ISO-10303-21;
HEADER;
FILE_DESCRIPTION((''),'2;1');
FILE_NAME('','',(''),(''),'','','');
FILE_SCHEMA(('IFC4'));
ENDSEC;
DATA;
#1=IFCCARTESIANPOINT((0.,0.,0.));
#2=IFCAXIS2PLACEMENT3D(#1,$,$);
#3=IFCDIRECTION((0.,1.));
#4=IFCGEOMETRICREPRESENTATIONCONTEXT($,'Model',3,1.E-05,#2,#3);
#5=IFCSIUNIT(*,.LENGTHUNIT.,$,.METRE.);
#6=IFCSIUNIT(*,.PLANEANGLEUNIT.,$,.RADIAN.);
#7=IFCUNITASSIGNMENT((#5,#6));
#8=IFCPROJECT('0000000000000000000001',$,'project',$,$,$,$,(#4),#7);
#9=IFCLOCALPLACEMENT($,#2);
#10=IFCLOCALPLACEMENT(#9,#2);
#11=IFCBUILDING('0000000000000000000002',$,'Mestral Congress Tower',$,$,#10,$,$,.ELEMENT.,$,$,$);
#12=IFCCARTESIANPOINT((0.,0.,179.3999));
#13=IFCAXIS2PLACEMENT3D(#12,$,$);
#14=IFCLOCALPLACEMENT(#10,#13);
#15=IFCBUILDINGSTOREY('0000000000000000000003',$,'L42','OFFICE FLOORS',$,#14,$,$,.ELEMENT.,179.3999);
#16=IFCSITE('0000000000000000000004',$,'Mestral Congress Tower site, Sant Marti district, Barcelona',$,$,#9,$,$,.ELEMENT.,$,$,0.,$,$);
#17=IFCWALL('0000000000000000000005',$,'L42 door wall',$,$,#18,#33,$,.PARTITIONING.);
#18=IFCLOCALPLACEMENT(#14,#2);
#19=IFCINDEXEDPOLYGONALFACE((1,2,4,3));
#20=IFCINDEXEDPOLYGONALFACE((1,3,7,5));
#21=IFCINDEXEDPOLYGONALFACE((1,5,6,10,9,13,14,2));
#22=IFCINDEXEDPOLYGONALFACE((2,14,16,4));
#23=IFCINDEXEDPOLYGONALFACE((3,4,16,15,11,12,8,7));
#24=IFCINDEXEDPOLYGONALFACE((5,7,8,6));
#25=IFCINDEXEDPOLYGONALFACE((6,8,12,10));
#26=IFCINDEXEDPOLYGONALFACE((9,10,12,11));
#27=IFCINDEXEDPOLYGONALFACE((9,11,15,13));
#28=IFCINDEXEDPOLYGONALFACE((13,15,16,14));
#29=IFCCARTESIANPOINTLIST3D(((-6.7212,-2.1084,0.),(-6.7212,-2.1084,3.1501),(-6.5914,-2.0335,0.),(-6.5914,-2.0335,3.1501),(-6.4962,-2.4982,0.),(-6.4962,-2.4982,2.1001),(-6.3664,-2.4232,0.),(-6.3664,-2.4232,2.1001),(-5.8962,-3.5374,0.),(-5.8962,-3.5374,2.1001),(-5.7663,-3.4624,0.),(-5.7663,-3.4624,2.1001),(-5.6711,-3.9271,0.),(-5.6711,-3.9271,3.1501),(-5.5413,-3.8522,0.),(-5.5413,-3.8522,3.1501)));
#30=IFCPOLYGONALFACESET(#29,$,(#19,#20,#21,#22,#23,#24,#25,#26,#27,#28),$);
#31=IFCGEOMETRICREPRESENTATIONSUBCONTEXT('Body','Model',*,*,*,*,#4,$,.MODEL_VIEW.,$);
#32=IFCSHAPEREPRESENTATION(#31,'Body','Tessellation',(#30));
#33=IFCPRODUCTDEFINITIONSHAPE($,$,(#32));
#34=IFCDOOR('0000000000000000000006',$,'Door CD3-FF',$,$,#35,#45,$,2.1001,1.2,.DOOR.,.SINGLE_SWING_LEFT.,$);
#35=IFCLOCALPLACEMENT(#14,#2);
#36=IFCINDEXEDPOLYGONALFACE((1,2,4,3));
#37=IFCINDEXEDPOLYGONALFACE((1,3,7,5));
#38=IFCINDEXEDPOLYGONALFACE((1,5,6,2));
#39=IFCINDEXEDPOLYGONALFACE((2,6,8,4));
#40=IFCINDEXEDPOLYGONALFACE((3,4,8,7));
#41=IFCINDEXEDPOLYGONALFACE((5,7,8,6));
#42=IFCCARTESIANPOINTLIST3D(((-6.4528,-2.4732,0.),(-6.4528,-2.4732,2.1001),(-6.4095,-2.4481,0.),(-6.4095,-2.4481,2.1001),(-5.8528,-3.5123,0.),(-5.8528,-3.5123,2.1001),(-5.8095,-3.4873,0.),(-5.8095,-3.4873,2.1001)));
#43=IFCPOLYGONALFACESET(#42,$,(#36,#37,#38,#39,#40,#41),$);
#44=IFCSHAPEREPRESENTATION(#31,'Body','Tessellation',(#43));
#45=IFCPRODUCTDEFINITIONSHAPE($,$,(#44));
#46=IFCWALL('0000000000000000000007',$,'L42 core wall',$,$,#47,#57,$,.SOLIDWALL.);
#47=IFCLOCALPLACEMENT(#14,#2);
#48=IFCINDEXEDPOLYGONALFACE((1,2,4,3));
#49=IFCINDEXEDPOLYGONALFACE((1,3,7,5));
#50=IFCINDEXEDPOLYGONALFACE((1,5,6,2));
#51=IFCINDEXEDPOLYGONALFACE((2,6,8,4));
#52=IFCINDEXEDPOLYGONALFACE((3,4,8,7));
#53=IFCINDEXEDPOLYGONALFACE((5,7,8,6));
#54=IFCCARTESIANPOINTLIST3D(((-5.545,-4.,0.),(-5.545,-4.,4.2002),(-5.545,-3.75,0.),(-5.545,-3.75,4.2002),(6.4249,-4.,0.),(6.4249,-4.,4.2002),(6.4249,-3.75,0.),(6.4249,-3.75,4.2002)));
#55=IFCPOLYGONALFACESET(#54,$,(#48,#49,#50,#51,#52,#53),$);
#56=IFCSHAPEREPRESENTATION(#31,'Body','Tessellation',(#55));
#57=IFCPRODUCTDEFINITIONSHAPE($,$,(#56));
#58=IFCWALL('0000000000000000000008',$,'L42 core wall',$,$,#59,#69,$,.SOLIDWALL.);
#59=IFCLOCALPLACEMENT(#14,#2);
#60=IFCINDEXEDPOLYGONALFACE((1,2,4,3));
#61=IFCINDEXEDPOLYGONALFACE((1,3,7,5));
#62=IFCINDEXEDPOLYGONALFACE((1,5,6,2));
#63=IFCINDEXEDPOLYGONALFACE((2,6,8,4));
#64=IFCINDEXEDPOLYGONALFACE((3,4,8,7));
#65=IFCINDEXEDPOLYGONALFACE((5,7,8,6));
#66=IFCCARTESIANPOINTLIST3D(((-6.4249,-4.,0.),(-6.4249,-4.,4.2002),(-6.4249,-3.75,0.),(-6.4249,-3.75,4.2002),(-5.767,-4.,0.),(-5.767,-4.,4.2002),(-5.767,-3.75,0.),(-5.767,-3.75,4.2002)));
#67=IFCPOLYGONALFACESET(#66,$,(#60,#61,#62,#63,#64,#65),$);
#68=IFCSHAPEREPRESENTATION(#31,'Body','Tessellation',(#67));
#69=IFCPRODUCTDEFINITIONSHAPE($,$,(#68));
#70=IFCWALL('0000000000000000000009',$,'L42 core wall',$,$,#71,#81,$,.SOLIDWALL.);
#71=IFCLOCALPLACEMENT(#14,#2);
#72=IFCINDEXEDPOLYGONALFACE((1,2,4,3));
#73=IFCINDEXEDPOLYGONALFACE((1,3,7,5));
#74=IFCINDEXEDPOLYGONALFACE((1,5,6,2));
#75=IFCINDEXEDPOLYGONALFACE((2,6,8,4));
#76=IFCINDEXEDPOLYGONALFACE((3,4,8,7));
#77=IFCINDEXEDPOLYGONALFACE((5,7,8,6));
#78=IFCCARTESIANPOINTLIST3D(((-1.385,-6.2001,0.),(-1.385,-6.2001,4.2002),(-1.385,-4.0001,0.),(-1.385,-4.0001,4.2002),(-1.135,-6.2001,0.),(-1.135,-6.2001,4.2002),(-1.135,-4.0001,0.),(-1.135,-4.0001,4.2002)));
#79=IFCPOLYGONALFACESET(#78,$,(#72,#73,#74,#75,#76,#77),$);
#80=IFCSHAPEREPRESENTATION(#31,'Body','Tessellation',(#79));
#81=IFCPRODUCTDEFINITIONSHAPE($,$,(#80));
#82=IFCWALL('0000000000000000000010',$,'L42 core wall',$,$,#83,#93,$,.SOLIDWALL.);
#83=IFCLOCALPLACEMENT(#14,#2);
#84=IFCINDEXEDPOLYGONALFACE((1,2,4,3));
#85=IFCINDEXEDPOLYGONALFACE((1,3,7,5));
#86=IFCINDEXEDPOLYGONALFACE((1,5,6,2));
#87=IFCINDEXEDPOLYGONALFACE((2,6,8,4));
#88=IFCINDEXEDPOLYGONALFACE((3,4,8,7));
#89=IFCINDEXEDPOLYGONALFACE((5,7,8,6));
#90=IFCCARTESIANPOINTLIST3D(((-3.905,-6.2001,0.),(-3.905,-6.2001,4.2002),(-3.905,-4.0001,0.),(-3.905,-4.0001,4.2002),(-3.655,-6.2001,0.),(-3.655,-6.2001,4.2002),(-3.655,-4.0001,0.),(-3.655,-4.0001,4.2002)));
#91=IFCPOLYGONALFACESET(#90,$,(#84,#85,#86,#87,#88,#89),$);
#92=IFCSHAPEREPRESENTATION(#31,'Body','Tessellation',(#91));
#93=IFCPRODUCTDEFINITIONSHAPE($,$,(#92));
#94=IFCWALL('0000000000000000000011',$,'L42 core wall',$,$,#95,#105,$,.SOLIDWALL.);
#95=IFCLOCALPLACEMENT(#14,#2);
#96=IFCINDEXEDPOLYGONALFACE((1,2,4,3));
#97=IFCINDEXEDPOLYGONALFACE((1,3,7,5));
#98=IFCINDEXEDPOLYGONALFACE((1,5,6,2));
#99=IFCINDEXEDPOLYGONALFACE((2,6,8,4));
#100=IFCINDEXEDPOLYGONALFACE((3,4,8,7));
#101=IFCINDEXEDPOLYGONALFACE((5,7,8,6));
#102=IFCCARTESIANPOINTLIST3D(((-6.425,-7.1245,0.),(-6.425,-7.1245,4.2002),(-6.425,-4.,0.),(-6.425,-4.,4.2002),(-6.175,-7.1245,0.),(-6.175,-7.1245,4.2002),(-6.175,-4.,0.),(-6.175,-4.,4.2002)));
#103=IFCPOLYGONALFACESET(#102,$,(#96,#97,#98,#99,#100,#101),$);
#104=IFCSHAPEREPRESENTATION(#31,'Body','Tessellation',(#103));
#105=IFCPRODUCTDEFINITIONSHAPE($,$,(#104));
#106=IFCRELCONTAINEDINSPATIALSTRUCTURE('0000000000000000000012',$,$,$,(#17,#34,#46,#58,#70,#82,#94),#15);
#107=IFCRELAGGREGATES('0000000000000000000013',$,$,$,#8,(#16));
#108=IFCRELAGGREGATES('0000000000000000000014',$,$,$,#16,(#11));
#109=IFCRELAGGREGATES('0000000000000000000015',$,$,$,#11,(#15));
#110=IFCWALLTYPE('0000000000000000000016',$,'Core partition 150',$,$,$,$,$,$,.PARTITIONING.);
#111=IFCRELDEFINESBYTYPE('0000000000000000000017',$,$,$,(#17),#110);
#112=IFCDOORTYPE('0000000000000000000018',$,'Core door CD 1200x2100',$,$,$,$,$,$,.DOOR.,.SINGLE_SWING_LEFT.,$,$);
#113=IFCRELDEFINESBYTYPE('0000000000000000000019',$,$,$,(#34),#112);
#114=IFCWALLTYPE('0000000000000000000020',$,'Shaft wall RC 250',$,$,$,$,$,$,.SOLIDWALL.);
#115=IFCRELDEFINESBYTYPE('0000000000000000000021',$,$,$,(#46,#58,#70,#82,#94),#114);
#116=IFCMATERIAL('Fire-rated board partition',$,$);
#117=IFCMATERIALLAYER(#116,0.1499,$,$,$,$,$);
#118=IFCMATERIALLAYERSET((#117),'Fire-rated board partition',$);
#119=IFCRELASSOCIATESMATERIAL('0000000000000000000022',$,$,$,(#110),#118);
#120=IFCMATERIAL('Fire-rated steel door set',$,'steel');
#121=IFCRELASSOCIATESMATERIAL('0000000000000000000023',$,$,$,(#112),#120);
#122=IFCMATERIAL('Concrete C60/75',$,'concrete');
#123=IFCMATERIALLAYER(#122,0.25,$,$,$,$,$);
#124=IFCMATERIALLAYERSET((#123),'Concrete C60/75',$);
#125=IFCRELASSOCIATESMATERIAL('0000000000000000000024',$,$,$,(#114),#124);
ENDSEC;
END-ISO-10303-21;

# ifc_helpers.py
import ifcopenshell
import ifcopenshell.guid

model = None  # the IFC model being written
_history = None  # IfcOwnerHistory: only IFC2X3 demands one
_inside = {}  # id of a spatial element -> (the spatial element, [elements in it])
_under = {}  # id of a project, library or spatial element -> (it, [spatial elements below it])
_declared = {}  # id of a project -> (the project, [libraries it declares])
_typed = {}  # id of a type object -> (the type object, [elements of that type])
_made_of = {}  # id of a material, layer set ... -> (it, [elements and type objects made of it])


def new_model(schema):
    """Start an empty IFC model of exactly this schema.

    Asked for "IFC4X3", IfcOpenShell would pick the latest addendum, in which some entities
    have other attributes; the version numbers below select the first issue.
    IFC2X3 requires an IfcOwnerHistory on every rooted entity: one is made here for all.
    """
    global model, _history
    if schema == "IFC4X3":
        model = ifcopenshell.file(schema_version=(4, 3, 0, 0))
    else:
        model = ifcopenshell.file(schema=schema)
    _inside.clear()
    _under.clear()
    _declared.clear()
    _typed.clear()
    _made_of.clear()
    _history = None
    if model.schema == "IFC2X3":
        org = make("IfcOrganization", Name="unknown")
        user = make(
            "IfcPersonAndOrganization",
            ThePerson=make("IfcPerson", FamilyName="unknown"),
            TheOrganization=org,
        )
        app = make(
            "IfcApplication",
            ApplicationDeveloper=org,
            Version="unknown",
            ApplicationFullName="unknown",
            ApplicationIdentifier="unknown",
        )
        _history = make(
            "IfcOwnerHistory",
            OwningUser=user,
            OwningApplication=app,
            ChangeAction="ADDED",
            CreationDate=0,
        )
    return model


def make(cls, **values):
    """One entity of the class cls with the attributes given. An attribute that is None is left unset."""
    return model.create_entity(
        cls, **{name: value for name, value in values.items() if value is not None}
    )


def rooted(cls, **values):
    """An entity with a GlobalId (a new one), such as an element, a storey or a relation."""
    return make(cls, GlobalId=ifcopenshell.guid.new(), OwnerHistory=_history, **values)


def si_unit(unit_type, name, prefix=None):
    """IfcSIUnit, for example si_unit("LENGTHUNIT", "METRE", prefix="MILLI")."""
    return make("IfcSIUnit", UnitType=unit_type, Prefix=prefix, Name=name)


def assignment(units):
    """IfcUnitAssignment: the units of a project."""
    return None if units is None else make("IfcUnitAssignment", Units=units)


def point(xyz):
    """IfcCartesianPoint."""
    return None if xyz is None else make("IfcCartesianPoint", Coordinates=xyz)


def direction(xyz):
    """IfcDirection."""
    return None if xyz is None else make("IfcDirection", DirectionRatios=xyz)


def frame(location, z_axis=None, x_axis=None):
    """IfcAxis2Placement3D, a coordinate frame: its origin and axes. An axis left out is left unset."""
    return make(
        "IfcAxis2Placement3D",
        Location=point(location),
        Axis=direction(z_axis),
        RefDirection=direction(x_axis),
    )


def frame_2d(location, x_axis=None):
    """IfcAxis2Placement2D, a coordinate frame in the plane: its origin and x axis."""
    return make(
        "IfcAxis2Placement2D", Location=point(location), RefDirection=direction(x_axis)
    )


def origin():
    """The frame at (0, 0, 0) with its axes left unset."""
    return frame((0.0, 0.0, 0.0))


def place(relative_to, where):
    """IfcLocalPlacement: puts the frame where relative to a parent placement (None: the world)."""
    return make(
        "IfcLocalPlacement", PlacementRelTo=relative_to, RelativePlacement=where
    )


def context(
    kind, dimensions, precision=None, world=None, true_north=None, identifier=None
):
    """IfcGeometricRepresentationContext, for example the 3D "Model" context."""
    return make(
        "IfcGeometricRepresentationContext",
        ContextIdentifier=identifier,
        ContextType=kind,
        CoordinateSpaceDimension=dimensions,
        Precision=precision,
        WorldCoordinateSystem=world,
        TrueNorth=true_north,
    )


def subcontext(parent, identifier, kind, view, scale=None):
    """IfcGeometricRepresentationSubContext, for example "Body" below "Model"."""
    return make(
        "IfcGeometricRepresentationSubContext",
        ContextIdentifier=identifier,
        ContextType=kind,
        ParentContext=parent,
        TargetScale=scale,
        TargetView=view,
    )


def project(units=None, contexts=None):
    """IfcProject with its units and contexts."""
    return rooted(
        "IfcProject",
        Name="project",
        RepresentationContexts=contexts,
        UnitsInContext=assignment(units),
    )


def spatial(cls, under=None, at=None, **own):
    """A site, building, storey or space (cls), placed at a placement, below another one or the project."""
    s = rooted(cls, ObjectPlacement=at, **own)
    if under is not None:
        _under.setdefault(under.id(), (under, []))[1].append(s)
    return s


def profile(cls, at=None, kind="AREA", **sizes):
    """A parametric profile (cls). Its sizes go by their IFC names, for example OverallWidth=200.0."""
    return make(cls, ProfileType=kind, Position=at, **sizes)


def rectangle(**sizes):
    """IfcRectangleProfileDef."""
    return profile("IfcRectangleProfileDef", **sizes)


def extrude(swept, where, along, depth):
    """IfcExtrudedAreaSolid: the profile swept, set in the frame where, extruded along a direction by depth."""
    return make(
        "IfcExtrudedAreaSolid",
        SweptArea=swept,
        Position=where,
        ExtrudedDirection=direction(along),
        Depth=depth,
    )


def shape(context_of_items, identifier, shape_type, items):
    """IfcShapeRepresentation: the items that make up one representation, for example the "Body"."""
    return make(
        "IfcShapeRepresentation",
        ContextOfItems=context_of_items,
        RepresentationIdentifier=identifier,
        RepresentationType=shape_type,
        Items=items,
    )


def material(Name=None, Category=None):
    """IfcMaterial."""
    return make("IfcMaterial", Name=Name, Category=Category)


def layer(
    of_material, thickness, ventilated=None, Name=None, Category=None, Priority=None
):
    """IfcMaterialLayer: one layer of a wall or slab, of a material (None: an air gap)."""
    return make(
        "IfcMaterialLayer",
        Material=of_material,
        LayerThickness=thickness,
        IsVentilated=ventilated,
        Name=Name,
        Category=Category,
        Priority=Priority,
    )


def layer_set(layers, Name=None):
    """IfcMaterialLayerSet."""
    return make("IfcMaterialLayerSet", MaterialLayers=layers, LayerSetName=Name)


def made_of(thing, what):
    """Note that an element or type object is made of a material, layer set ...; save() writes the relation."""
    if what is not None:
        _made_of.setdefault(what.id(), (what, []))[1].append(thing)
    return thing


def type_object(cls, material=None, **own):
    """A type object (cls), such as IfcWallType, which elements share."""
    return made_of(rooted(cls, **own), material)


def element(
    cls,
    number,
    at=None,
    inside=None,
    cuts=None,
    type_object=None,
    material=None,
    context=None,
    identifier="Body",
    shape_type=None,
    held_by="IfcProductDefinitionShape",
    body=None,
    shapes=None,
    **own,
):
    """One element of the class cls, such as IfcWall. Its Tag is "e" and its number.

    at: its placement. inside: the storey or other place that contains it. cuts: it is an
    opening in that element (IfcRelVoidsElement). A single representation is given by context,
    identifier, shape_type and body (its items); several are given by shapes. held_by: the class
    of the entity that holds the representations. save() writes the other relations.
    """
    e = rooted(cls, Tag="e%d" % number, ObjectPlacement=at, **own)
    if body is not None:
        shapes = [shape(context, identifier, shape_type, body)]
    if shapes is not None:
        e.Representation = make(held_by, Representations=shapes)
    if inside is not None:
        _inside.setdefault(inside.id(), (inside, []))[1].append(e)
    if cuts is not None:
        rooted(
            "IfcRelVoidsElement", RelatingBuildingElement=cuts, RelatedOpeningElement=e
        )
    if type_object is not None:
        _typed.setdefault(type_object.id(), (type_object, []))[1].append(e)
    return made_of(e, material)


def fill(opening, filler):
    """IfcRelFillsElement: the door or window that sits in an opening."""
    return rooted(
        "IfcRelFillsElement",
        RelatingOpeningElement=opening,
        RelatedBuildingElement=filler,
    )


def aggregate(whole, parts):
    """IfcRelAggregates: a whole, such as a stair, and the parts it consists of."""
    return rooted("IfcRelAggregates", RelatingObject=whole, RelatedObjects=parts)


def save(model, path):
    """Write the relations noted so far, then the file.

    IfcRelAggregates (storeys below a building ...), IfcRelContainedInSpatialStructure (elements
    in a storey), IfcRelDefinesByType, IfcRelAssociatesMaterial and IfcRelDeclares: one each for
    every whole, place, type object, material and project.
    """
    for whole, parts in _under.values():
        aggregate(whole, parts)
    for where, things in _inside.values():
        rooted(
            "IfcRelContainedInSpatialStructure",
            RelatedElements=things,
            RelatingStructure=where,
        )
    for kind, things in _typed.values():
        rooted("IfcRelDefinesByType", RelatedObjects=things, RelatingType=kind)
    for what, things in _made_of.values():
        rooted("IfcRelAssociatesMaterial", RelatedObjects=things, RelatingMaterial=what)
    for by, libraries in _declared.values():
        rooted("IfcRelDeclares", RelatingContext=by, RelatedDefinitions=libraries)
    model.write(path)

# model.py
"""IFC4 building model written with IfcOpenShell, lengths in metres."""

from ifc_helpers import new_model, si_unit, direction, frame, frame_2d, origin, place, context, subcontext, project, spatial, rectangle, extrude, material, layer, layer_set, type_object, element, fill, save


model = new_model("IFC4")

# Units and contexts
model_context = context("Model", 3, precision=1e-05, world=origin(), true_north=direction((0.0, 1.0)))
body_context = subcontext(model_context, "Body", "Model", "MODEL_VIEW")
ifc_project = project(units=[si_unit("LENGTHUNIT", "METRE"), si_unit("PLANEANGLEUNIT", "RADIAN")], contexts=[model_context])

# Site, building, storey
site_placement = place(None, origin())
site = spatial("IfcSite", under=ifc_project, at=site_placement, Name="Mestral Congress Tower site, Sant Marti district, Barcelona", CompositionType="ELEMENT", RefElevation=0.0)
building_placement = place(site_placement, origin())
building = spatial("IfcBuilding", under=site, at=building_placement, Name="Mestral Congress Tower", CompositionType="ELEMENT")
storey_placement = place(building_placement, frame((0.0, 0.0, 179.3999)))
storey = spatial("IfcBuildingStorey", under=building, at=storey_placement, Name="L42", Description="OFFICE FLOORS", CompositionType="ELEMENT", Elevation=179.3999)

# Wall, opening, door
ifc_material_1 = material(Name="Fire-rated board partition")
ifc_layer_1 = layer(ifc_material_1, 0.1499)
ifc_layer_set_1 = layer_set([ifc_layer_1], Name="Fire-rated board partition")
wall_type_1 = type_object("IfcWallType", Name="Core partition 150", PredefinedType="PARTITIONING", material=ifc_layer_set_1)
wall_1_placement = place(storey_placement, frame((-5.6062, -3.8896, 0.0), z_axis=(0.0, 0.0, 1.0), x_axis=(-0.500028, 0.866009, 0.0)))
wall_1 = element("IfcWall", 1, at=wall_1_placement, inside=storey, type_object=wall_type_1, Name="L42 door wall", PredefinedType="PARTITIONING", context=body_context, shape_type="SweptSolid", body=[
    extrude(rectangle(XDim=2.1001, YDim=0.1499, at=frame_2d((1.05, 0.0))), origin(), (0.0, 0.0, 1.0), 3.1501),
])
opening_1_placement = place(wall_1_placement, frame((0.45, 0.0, 0.0)))
opening_1 = element("IfcOpeningElement", 2, at=opening_1_placement, cuts=wall_1, PredefinedType="OPENING", context=body_context, shape_type="SweptSolid", body=[
    extrude(rectangle(XDim=1.2, YDim=2.1001, at=frame_2d((0.6001, 1.05))), frame((0.0, 0.085, 0.0), z_axis=(0.0, -1.0, 0.0), x_axis=(1.0, 0.0, 0.0)), (0.0, 0.0, 1.0), 0.1699),
])
ifc_material_2 = material(Name="Fire-rated steel door set", Category="steel")
door_type_1 = type_object("IfcDoorType", Name="Core door CD 1200x2100", OperationType="SINGLE_SWING_LEFT", PredefinedType="DOOR", material=ifc_material_2)
door_1_placement = place(opening_1_placement, origin())
door_1 = element("IfcDoor", 3, at=door_1_placement, inside=storey, type_object=door_type_1, Name="Door CD3-FF", OperationType="SINGLE_SWING_LEFT", OverallHeight=2.1001, OverallWidth=1.2, PredefinedType="DOOR", context=body_context, shape_type="SweptSolid", body=[
    extrude(rectangle(XDim=1.2, YDim=2.1001, at=frame_2d((0.6001, 1.05))), frame((0.0, 0.0249, 0.0), z_axis=(0.0, -1.0, 0.0), x_axis=(1.0, 0.0, 0.0)), (0.0, 0.0, 1.0), 0.05),
])
fill(opening_1, door_1)

# Walls
ifc_material_3 = material(Name="Concrete C60/75", Category="concrete")
ifc_layer_2 = layer(ifc_material_3, 0.25)
ifc_layer_set_2 = layer_set([ifc_layer_2], Name="Concrete C60/75")
wall_type_2 = type_object("IfcWallType", Name="Shaft wall RC 250", PredefinedType="SOLIDWALL", material=ifc_layer_set_2)
wall_2_placement = place(storey_placement, frame((-5.5449, -3.875, 0.0), z_axis=(0.0, 0.0, 1.0), x_axis=(1.0, 0.0, 0.0)))
element("IfcWall", 4, at=wall_2_placement, inside=storey, type_object=wall_type_2, Name="L42 core wall", PredefinedType="SOLIDWALL", context=body_context, shape_type="SweptSolid", body=[
    extrude(rectangle(XDim=11.97, YDim=0.25, at=frame_2d((5.9849, 0.0))), origin(), (0.0, 0.0, 1.0), 4.2002),
])
wall_3_placement = place(storey_placement, frame((-6.425, -3.875, 0.0), z_axis=(0.0, 0.0, 1.0), x_axis=(1.0, 0.0, 0.0)))
element("IfcWall", 5, at=wall_3_placement, inside=storey, type_object=wall_type_2, Name="L42 core wall", PredefinedType="SOLIDWALL", context=body_context, shape_type="SweptSolid", body=[
    extrude(rectangle(XDim=0.658, YDim=0.25, at=frame_2d((0.3291, 0.0))), origin(), (0.0, 0.0, 1.0), 4.2002),
])
for number, where, z_axis, x_axis, name in (
    (6, (-1.26, -4.0, 0.0), (0.0, 0.0, 1.0), (0.0, -1.0, 0.0), "L42 core wall"),
    (7, (-3.78, -4.0, 0.0), (0.0, 0.0, 1.0), (0.0, -1.0, 0.0), "L42 core wall"),
):
    element("IfcWall", number, at=place(storey_placement, frame(where, z_axis=z_axis, x_axis=x_axis)), inside=storey, type_object=wall_type_2, Name=name, PredefinedType="SOLIDWALL", context=body_context, shape_type="SweptSolid", body=[
        extrude(rectangle(XDim=2.2, YDim=0.25, at=frame_2d((1.1001, 0.0))), origin(), (0.0, 0.0, 1.0), 4.2002),
    ])
wall_4_placement = place(storey_placement, frame((-6.3, -7.1245, 0.0), z_axis=(0.0, 0.0, 1.0), x_axis=(0.0, 1.0, 0.0)))
element("IfcWall", 8, at=wall_4_placement, inside=storey, type_object=wall_type_2, Name="L42 core wall", PredefinedType="SOLIDWALL", context=body_context, shape_type="SweptSolid", body=[
    extrude(rectangle(XDim=3.1245, YDim=0.25, at=frame_2d((1.5623, 0.0))), origin(), (0.0, 0.0, 1.0), 4.2002),
])

save(model, "model.ifc")
